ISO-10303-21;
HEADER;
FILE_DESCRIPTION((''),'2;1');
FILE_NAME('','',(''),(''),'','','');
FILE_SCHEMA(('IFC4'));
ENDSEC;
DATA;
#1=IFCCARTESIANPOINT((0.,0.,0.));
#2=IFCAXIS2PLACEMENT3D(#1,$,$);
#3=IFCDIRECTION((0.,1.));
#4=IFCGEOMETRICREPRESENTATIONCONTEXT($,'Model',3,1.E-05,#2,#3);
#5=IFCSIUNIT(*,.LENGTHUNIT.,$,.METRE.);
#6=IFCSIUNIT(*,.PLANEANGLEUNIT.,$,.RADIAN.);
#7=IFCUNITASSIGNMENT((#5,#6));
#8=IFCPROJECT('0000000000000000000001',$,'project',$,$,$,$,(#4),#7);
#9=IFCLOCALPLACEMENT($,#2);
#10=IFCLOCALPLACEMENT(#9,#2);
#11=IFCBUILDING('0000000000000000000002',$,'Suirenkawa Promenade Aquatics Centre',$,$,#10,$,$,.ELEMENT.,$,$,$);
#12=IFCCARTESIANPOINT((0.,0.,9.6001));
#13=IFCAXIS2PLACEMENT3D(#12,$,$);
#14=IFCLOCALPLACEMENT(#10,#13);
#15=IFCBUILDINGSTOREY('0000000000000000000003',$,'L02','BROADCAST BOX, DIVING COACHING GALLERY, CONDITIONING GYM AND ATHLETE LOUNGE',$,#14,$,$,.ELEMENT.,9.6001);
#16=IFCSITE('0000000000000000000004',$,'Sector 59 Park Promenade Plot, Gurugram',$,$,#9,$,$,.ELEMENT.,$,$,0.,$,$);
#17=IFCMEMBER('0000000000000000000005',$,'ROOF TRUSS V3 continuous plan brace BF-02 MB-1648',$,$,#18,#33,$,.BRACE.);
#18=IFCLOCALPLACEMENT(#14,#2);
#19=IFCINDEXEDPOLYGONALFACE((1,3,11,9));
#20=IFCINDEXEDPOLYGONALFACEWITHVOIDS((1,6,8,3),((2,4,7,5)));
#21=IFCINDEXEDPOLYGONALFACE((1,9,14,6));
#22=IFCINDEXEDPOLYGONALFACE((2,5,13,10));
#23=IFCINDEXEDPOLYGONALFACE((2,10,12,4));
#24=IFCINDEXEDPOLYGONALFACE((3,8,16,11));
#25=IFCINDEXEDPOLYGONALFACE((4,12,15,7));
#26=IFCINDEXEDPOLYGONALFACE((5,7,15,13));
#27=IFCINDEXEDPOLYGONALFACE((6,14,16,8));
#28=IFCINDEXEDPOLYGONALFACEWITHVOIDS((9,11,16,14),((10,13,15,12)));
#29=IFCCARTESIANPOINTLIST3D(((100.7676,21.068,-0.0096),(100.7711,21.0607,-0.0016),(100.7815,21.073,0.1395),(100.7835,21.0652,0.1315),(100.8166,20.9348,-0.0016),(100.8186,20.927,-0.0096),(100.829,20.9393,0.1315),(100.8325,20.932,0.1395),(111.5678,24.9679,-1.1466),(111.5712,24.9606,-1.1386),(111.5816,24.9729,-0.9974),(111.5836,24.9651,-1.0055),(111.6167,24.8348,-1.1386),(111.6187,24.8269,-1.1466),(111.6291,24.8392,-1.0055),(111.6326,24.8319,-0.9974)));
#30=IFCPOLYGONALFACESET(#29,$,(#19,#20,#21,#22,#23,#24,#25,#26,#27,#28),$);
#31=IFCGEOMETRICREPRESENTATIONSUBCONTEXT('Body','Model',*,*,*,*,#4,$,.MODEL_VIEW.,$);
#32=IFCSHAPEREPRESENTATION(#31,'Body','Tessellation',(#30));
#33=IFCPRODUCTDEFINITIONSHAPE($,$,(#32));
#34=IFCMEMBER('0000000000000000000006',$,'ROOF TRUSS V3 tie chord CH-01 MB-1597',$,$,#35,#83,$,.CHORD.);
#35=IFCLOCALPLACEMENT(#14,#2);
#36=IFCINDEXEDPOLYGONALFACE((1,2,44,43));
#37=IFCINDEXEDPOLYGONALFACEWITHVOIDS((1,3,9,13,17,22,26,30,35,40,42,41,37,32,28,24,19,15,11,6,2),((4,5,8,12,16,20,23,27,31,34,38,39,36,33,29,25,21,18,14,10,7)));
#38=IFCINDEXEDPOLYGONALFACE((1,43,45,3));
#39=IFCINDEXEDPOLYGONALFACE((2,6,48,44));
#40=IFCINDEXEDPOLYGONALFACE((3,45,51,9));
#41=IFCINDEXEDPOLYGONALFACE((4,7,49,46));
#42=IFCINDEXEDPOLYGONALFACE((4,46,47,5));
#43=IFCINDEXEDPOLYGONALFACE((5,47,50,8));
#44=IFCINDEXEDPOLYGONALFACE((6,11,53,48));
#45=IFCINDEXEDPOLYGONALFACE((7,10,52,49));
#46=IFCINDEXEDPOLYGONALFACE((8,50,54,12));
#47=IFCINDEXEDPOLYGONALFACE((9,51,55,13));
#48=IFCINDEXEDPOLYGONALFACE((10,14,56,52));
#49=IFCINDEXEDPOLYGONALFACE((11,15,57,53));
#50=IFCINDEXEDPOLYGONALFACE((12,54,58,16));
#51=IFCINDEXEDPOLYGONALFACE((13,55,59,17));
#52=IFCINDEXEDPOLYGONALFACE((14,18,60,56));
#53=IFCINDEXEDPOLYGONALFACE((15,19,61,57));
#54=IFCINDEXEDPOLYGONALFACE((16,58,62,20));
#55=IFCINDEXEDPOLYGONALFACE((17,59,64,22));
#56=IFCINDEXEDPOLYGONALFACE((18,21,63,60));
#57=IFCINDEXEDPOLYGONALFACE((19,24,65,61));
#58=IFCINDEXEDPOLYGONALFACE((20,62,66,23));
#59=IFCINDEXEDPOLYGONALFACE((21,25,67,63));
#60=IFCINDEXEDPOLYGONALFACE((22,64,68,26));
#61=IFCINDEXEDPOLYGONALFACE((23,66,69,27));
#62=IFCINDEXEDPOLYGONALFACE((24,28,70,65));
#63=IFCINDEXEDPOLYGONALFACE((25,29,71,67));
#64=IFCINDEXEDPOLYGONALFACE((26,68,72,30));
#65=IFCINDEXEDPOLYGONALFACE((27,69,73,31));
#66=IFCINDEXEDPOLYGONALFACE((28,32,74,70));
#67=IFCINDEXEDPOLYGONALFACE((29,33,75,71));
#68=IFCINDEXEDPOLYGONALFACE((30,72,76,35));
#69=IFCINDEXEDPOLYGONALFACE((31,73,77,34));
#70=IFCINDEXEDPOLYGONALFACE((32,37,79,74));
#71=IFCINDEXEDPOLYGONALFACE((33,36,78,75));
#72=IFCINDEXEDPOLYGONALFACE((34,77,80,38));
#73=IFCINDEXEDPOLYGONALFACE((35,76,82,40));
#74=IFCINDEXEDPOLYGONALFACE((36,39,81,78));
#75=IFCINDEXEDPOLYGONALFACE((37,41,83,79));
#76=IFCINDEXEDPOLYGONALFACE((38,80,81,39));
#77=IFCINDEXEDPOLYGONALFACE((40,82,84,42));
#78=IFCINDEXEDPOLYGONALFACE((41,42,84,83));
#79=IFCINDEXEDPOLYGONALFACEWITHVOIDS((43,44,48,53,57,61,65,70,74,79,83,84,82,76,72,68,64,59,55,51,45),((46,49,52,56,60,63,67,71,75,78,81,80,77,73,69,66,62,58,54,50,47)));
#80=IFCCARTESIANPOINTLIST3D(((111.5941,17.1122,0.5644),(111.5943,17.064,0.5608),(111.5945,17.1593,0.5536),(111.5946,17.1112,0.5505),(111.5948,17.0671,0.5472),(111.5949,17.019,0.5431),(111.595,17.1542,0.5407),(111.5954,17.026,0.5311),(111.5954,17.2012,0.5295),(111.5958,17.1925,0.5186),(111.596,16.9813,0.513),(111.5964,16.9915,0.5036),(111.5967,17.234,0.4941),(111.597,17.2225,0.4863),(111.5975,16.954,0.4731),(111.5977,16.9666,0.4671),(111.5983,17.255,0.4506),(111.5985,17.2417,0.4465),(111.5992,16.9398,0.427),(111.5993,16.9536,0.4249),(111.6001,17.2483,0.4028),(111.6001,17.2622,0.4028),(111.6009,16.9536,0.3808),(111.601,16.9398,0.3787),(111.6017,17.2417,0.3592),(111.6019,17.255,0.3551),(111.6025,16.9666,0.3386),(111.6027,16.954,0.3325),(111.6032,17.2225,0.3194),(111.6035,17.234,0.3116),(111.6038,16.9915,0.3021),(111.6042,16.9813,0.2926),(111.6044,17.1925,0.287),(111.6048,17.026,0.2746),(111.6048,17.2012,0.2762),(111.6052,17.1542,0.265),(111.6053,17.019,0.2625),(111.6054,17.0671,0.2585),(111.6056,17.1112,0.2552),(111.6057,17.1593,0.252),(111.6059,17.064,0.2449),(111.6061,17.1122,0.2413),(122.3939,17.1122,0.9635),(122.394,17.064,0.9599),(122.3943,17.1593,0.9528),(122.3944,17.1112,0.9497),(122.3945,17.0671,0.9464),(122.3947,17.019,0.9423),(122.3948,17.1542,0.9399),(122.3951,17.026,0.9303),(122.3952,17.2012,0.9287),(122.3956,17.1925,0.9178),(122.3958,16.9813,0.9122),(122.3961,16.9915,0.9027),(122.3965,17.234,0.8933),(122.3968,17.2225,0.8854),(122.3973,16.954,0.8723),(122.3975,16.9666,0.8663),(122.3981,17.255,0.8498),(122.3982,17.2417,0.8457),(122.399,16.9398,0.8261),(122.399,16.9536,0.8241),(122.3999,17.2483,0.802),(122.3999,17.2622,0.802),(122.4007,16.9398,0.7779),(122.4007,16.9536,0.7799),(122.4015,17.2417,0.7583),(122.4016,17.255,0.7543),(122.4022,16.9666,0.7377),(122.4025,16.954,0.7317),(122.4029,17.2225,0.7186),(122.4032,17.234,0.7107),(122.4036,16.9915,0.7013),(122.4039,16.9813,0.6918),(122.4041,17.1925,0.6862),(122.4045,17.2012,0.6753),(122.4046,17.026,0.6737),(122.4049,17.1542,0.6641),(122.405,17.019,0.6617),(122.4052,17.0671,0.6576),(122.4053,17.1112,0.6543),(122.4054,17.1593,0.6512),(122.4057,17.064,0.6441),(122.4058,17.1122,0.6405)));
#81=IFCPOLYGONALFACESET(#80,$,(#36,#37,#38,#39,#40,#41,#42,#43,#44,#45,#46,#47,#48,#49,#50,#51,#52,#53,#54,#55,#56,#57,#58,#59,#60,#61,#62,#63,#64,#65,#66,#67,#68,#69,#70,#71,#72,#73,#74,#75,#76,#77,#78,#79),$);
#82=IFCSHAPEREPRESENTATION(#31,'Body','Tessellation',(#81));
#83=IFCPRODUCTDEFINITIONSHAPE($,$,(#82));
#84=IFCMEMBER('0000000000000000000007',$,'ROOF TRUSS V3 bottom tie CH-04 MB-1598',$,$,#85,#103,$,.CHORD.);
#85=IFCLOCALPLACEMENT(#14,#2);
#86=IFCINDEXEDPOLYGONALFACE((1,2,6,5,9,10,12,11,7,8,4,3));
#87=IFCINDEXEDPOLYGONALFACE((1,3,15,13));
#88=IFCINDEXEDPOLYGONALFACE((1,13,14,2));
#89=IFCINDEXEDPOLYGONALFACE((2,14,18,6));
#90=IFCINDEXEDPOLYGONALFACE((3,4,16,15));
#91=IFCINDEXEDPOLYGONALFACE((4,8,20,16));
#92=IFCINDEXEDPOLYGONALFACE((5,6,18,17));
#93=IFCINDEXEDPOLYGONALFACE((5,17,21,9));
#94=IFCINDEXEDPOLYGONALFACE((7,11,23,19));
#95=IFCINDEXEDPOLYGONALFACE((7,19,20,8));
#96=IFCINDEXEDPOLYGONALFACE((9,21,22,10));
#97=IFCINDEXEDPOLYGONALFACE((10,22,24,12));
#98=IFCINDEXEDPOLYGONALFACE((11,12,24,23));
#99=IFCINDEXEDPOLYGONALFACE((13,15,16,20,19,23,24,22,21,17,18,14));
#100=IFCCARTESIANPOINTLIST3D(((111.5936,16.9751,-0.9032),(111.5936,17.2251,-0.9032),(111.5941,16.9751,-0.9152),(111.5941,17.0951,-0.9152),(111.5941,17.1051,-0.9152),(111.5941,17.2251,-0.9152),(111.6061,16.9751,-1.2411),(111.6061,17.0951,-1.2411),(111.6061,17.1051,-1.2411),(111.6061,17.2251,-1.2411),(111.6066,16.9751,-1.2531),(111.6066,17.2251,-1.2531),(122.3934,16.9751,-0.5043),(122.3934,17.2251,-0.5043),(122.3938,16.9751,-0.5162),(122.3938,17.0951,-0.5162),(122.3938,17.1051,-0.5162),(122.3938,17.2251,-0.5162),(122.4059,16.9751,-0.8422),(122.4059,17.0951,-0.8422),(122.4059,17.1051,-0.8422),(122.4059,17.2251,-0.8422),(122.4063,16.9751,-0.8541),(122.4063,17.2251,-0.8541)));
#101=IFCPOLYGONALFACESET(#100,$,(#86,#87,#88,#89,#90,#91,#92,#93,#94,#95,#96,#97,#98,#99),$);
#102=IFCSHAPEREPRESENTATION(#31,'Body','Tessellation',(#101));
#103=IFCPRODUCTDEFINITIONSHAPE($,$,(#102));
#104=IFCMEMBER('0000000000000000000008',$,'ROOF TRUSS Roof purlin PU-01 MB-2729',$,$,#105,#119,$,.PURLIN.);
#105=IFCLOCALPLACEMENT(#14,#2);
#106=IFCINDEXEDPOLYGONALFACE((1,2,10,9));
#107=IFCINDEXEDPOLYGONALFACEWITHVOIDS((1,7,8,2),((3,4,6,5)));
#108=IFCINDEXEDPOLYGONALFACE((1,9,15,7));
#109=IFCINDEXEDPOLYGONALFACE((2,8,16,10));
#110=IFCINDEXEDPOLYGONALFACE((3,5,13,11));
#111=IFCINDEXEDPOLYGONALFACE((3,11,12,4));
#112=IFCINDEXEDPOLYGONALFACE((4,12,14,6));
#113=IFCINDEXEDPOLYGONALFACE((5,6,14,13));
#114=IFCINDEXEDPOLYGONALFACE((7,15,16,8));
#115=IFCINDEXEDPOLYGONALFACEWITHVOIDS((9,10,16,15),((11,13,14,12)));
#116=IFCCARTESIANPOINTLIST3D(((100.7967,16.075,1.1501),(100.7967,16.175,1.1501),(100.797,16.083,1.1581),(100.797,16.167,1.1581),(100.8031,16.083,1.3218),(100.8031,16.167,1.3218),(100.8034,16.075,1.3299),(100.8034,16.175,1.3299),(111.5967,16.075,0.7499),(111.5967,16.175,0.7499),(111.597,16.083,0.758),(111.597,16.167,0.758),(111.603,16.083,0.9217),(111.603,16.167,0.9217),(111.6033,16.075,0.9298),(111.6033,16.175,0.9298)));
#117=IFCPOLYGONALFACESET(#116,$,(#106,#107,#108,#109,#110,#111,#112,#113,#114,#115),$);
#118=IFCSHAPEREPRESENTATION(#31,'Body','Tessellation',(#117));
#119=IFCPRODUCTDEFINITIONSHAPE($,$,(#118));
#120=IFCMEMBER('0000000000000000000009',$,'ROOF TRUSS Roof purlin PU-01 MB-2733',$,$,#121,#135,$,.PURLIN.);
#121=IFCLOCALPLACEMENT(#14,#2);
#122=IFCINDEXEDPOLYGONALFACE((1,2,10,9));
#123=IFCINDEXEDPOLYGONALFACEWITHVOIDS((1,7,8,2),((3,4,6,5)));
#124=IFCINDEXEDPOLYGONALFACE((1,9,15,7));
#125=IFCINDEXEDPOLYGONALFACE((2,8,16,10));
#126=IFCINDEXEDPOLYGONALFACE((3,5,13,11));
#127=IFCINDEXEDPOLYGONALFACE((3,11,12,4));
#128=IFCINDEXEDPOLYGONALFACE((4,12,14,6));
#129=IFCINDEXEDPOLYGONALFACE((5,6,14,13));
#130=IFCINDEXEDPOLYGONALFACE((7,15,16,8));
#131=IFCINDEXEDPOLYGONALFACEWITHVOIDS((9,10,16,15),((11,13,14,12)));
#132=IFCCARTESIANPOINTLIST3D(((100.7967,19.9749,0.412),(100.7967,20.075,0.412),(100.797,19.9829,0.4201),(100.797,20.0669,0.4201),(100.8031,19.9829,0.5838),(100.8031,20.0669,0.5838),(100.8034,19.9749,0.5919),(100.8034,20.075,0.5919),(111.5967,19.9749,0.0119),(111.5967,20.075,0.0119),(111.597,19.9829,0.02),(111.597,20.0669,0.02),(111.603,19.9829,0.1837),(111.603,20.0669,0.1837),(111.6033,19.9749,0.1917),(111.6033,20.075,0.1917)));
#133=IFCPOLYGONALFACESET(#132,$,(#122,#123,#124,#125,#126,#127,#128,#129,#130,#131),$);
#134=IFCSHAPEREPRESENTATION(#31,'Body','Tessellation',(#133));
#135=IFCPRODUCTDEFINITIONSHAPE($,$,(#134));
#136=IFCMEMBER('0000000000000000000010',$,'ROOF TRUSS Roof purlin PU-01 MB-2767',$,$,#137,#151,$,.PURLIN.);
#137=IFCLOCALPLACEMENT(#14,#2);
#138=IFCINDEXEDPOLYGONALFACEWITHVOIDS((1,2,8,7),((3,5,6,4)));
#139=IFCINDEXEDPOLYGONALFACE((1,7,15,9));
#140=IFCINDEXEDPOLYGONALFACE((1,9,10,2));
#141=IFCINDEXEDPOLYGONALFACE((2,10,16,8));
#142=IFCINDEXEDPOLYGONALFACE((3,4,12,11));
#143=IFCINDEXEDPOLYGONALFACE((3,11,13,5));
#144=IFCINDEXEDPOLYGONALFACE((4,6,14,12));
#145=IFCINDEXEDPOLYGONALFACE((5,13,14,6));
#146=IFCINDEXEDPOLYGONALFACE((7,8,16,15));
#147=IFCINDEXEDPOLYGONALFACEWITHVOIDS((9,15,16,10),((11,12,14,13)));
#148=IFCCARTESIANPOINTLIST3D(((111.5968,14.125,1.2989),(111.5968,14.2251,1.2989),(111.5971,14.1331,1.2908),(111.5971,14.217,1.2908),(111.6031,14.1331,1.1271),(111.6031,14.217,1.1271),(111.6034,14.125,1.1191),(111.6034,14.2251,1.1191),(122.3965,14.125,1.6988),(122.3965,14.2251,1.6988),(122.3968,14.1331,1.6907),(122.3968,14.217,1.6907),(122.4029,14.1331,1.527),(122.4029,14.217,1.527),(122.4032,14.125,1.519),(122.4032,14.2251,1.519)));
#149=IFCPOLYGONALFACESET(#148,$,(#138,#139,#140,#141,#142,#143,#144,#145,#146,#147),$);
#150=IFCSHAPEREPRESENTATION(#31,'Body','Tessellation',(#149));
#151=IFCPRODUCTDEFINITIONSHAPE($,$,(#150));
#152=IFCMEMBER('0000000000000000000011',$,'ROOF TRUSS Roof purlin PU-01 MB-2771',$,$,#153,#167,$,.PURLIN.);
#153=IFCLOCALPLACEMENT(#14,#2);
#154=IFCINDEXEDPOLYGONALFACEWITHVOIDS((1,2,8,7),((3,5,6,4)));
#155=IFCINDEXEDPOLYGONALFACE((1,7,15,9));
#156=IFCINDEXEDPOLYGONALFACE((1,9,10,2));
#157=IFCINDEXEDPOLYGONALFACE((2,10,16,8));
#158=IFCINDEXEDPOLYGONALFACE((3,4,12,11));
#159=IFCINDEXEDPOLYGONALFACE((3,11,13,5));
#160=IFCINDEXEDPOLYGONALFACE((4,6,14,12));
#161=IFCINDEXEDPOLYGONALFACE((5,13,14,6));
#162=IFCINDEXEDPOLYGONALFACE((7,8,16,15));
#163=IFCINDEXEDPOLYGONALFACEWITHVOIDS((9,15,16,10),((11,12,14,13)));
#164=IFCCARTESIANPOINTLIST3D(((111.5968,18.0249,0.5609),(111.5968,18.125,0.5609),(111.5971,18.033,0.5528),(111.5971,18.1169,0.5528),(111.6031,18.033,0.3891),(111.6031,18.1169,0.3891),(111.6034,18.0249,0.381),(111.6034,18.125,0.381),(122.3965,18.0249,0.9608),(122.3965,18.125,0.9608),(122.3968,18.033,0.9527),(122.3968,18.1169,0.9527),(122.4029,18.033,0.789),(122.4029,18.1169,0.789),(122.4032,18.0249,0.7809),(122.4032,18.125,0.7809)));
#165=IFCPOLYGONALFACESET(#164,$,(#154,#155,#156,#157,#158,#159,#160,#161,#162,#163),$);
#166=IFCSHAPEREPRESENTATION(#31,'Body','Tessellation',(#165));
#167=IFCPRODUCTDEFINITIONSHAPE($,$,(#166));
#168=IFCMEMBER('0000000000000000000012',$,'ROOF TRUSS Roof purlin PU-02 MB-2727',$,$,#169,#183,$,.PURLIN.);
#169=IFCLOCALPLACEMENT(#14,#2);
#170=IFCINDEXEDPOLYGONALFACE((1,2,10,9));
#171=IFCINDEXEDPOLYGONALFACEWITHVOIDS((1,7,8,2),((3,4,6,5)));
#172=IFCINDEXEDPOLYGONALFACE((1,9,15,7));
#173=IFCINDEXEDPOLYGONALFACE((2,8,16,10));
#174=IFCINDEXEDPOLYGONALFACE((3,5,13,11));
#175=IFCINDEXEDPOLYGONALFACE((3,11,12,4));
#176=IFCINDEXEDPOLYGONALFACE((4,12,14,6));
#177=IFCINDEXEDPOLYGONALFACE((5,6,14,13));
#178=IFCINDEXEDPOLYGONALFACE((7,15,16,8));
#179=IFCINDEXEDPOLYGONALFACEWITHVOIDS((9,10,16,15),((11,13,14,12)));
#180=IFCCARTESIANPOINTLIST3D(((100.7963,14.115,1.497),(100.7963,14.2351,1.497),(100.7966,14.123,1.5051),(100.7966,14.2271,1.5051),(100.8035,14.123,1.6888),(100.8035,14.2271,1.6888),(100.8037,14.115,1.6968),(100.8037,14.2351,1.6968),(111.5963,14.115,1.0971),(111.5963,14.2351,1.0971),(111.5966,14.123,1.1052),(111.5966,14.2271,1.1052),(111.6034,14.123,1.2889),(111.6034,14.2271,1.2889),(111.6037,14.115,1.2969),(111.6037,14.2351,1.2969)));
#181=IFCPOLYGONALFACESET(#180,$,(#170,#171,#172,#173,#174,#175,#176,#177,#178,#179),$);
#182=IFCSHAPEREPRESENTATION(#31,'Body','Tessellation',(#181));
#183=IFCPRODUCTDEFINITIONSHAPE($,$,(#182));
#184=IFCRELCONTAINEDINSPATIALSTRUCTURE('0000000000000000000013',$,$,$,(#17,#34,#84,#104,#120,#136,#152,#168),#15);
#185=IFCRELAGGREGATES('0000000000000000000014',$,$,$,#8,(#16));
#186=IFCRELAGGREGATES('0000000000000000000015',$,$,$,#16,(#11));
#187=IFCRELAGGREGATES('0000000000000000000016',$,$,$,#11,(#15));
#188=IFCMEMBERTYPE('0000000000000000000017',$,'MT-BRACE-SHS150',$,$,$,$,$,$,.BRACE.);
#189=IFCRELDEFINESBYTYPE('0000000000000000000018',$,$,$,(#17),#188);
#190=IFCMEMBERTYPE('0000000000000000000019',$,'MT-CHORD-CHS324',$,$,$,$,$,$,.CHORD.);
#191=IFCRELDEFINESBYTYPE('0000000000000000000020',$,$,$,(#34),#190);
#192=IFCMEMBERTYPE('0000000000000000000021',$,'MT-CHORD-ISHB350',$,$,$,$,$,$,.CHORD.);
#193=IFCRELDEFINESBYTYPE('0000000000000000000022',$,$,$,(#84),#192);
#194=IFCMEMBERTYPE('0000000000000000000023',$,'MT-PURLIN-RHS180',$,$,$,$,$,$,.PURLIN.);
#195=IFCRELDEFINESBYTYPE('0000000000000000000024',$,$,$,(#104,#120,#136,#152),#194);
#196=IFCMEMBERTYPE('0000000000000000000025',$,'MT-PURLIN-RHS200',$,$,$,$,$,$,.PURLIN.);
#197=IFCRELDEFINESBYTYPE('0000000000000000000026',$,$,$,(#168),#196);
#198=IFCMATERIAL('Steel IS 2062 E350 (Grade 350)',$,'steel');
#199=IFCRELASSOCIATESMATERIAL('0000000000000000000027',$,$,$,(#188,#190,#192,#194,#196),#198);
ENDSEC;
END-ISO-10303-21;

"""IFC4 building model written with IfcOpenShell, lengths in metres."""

from ifc_helpers import new_model, si_unit, direction, frame, origin, origin_2d, place, context, subcontext, project, spatial, hollow_rectangle, hollow_circle, i_section, extrude, material, material_profile, profile_set, type_object, element, save


model = new_model("IFC4")

# Units and contexts
model_context = context("Model", 3, precision=1e-05, world=origin(), true_north=direction((0.0, 1.0)))
body_context = subcontext(model_context, "Body", "Model", "MODEL_VIEW")
ifc_project = project(units=[si_unit("LENGTHUNIT", "METRE"), si_unit("PLANEANGLEUNIT", "RADIAN")], contexts=[model_context])

# Site, building, storey
site_placement = place(None, origin())
site = spatial("IfcSite", under=ifc_project, at=site_placement, Name="Sector 59 Park Promenade Plot, Gurugram", CompositionType="ELEMENT", RefElevation=0.0)
building_placement = place(site_placement, origin())
building = spatial("IfcBuilding", under=site, at=building_placement, Name="Suirenkawa Promenade Aquatics Centre", CompositionType="ELEMENT")
storey_placement = place(building_placement, frame((0.0, 0.0, 9.6001)))
storey = spatial("IfcBuildingStorey", under=building, at=storey_placement, Name="L02", Description="BROADCAST BOX, DIVING COACHING GALLERY, CONDITIONING GYM AND ATHLETE LOUNGE", CompositionType="ELEMENT", Elevation=9.6001)

# Shared definitions
ifc_material = material(Name="Steel IS 2062 E350 (Grade 350)", Category="steel")

# Members
ifc_material_profile_1 = material_profile(ifc_material, hollow_rectangle(XDim=0.1499, YDim=0.1499, WallThickness=0.0081, at=origin_2d()), Name="SHS 150x150x8", Category="steel")
ifc_profile_set_1 = profile_set([ifc_material_profile_1], Name="Steel IS 2062 E350 (Grade 350)")
member_type_1 = type_object("IfcMemberType", Name="MT-BRACE-SHS150", PredefinedType="BRACE", material=ifc_profile_set_1)
member_1_placement = place(storey_placement, frame((100.8, 21.0, 0.0649), z_axis=(0.93598, 0.337983, -0.098534), x_axis=(-0.339636, 0.940557, 0.0)))
element("IfcMember", 1, at=member_1_placement, inside=storey, type_object=member_type_1, Name="ROOF TRUSS V3 continuous plan brace BF-02 MB-1648", PredefinedType="BRACE", context=body_context, shape_type="SweptSolid", body=[
    extrude(hollow_rectangle(XDim=0.1499, YDim=0.1499, WallThickness=0.0081, at=origin_2d()), origin(), (0.0, 0.0, 1.0), 11.5388),
])
ifc_material_profile_2 = material_profile(ifc_material, hollow_circle(Radius=0.1621, WallThickness=0.0139, at=origin_2d()), Name="CHS 324x14", Category="steel")
ifc_profile_set_2 = profile_set([ifc_material_profile_2], Name="Steel IS 2062 E350 (Grade 350)")
member_type_2 = type_object("IfcMemberType", Name="MT-CHORD-CHS324", PredefinedType="CHORD", material=ifc_profile_set_2)
member_2_placement = place(storey_placement, frame((111.6001, 17.1001, 0.4028), z_axis=(0.999318, 0.0, 0.036936), x_axis=(0.0, 1.0, 0.0)))
element("IfcMember", 2, at=member_2_placement, inside=storey, type_object=member_type_2, Name="ROOF TRUSS V3 tie chord CH-01 MB-1597", PredefinedType="CHORD", context=body_context, shape_type="SweptSolid", body=[
    extrude(hollow_circle(Radius=0.1621, WallThickness=0.0139, at=origin_2d()), origin(), (0.0, 0.0, 1.0), 10.8071),
])
ifc_material_profile_3 = material_profile(ifc_material, i_section(OverallWidth=0.25, OverallDepth=0.3501, WebThickness=0.01, FlangeThickness=0.012, at=origin_2d()), Name="ISHB 350", Category="steel")
ifc_profile_set_3 = profile_set([ifc_material_profile_3], Name="Steel IS 2062 E350 (Grade 350)")
member_type_3 = type_object("IfcMemberType", Name="MT-CHORD-ISHB350", PredefinedType="CHORD", material=ifc_profile_set_3)
member_3_placement = place(storey_placement, frame((111.6001, 17.1001, -1.0781), z_axis=(0.999318, 0.0, 0.036913), x_axis=(0.0, 1.0, 0.0)))
element("IfcMember", 3, at=member_3_placement, inside=storey, type_object=member_type_3, Name="ROOF TRUSS V3 bottom tie CH-04 MB-1598", PredefinedType="CHORD", context=body_context, shape_type="SweptSolid", body=[
    extrude(i_section(OverallWidth=0.25, OverallDepth=0.3501, WebThickness=0.01, FlangeThickness=0.012, at=origin_2d()), origin(), (0.0, 0.0, 1.0), 10.8071),
])
ifc_material_profile_4 = material_profile(ifc_material, hollow_rectangle(XDim=0.1001, YDim=0.1799, WallThickness=0.0081, at=origin_2d()), Name="RHS 180x100x8", Category="steel")
ifc_profile_set_4 = profile_set([ifc_material_profile_4], Name="Steel IS 2062 E350 (Grade 350)")
member_type_4 = type_object("IfcMemberType", Name="MT-PURLIN-RHS180", PredefinedType="PURLIN", material=ifc_profile_set_4)
for number, where, z_axis, x_axis, name in (
    (4, (100.8, 16.125, 1.24), (0.999314, 0.0, -0.037025), (0.0, 1.0, 0.0), "ROOF TRUSS Roof purlin PU-01 MB-2729"),
    (5, (100.8, 20.0249, 0.502), (0.999314, 0.0, -0.037025), (0.0, 1.0, 0.0), "ROOF TRUSS Roof purlin PU-01 MB-2733"),
):
    element("IfcMember", number, at=place(storey_placement, frame(where, z_axis=z_axis, x_axis=x_axis)), inside=storey, type_object=member_type_4, Name=name, PredefinedType="PURLIN", context=body_context, shape_type="SweptSolid", body=[
        extrude(hollow_rectangle(XDim=0.1001, YDim=0.1799, WallThickness=0.0081, at=origin_2d()), origin(), (0.0, 0.0, 1.0), 10.8074),
    ])
for number, where, z_axis, x_axis, name in (
    (6, (111.6001, 14.175, 1.209), (0.999315, 0.0, 0.037003), (0.0, 1.0, 0.0), "ROOF TRUSS Roof purlin PU-01 MB-2767"),
    (7, (111.6001, 18.075, 0.4709), (0.999315, 0.0, 0.037003), (0.0, 1.0, 0.0), "ROOF TRUSS Roof purlin PU-01 MB-2771"),
):
    element("IfcMember", number, at=place(storey_placement, frame(where, z_axis=z_axis, x_axis=x_axis)), inside=storey, type_object=member_type_4, Name=name, PredefinedType="PURLIN", context=body_context, shape_type="SweptSolid", body=[
        extrude(hollow_rectangle(XDim=0.1001, YDim=0.1799, WallThickness=0.0081, at=origin_2d()), origin(), (0.0, 0.0, 1.0), 10.8071),
    ])
ifc_material_profile_5 = material_profile(ifc_material, hollow_rectangle(XDim=0.1201, YDim=0.2, WallThickness=0.0081, at=origin_2d()), Name="RHS 200x120x8", Category="steel")
ifc_profile_set_5 = profile_set([ifc_material_profile_5], Name="Steel IS 2062 E350 (Grade 350)")
member_type_5 = type_object("IfcMemberType", Name="MT-PURLIN-RHS200", PredefinedType="PURLIN", material=ifc_profile_set_5)
for number, where, z_axis, x_axis, name in (
    (8, (100.8, 14.175, 1.5969), (0.999315, 0.0, -0.037002), (0.0, 1.0, 0.0), "ROOF TRUSS Roof purlin PU-02 MB-2727"),
):
    element("IfcMember", number, at=place(storey_placement, frame(where, z_axis=z_axis, x_axis=x_axis)), inside=storey, type_object=member_type_5, Name=name, PredefinedType="PURLIN", context=body_context, shape_type="SweptSolid", body=[
        extrude(hollow_rectangle(XDim=0.1201, YDim=0.2, WallThickness=0.0081, at=origin_2d()), origin(), (0.0, 0.0, 1.0), 10.8074),
    ])

save(model, "model.ifc")
